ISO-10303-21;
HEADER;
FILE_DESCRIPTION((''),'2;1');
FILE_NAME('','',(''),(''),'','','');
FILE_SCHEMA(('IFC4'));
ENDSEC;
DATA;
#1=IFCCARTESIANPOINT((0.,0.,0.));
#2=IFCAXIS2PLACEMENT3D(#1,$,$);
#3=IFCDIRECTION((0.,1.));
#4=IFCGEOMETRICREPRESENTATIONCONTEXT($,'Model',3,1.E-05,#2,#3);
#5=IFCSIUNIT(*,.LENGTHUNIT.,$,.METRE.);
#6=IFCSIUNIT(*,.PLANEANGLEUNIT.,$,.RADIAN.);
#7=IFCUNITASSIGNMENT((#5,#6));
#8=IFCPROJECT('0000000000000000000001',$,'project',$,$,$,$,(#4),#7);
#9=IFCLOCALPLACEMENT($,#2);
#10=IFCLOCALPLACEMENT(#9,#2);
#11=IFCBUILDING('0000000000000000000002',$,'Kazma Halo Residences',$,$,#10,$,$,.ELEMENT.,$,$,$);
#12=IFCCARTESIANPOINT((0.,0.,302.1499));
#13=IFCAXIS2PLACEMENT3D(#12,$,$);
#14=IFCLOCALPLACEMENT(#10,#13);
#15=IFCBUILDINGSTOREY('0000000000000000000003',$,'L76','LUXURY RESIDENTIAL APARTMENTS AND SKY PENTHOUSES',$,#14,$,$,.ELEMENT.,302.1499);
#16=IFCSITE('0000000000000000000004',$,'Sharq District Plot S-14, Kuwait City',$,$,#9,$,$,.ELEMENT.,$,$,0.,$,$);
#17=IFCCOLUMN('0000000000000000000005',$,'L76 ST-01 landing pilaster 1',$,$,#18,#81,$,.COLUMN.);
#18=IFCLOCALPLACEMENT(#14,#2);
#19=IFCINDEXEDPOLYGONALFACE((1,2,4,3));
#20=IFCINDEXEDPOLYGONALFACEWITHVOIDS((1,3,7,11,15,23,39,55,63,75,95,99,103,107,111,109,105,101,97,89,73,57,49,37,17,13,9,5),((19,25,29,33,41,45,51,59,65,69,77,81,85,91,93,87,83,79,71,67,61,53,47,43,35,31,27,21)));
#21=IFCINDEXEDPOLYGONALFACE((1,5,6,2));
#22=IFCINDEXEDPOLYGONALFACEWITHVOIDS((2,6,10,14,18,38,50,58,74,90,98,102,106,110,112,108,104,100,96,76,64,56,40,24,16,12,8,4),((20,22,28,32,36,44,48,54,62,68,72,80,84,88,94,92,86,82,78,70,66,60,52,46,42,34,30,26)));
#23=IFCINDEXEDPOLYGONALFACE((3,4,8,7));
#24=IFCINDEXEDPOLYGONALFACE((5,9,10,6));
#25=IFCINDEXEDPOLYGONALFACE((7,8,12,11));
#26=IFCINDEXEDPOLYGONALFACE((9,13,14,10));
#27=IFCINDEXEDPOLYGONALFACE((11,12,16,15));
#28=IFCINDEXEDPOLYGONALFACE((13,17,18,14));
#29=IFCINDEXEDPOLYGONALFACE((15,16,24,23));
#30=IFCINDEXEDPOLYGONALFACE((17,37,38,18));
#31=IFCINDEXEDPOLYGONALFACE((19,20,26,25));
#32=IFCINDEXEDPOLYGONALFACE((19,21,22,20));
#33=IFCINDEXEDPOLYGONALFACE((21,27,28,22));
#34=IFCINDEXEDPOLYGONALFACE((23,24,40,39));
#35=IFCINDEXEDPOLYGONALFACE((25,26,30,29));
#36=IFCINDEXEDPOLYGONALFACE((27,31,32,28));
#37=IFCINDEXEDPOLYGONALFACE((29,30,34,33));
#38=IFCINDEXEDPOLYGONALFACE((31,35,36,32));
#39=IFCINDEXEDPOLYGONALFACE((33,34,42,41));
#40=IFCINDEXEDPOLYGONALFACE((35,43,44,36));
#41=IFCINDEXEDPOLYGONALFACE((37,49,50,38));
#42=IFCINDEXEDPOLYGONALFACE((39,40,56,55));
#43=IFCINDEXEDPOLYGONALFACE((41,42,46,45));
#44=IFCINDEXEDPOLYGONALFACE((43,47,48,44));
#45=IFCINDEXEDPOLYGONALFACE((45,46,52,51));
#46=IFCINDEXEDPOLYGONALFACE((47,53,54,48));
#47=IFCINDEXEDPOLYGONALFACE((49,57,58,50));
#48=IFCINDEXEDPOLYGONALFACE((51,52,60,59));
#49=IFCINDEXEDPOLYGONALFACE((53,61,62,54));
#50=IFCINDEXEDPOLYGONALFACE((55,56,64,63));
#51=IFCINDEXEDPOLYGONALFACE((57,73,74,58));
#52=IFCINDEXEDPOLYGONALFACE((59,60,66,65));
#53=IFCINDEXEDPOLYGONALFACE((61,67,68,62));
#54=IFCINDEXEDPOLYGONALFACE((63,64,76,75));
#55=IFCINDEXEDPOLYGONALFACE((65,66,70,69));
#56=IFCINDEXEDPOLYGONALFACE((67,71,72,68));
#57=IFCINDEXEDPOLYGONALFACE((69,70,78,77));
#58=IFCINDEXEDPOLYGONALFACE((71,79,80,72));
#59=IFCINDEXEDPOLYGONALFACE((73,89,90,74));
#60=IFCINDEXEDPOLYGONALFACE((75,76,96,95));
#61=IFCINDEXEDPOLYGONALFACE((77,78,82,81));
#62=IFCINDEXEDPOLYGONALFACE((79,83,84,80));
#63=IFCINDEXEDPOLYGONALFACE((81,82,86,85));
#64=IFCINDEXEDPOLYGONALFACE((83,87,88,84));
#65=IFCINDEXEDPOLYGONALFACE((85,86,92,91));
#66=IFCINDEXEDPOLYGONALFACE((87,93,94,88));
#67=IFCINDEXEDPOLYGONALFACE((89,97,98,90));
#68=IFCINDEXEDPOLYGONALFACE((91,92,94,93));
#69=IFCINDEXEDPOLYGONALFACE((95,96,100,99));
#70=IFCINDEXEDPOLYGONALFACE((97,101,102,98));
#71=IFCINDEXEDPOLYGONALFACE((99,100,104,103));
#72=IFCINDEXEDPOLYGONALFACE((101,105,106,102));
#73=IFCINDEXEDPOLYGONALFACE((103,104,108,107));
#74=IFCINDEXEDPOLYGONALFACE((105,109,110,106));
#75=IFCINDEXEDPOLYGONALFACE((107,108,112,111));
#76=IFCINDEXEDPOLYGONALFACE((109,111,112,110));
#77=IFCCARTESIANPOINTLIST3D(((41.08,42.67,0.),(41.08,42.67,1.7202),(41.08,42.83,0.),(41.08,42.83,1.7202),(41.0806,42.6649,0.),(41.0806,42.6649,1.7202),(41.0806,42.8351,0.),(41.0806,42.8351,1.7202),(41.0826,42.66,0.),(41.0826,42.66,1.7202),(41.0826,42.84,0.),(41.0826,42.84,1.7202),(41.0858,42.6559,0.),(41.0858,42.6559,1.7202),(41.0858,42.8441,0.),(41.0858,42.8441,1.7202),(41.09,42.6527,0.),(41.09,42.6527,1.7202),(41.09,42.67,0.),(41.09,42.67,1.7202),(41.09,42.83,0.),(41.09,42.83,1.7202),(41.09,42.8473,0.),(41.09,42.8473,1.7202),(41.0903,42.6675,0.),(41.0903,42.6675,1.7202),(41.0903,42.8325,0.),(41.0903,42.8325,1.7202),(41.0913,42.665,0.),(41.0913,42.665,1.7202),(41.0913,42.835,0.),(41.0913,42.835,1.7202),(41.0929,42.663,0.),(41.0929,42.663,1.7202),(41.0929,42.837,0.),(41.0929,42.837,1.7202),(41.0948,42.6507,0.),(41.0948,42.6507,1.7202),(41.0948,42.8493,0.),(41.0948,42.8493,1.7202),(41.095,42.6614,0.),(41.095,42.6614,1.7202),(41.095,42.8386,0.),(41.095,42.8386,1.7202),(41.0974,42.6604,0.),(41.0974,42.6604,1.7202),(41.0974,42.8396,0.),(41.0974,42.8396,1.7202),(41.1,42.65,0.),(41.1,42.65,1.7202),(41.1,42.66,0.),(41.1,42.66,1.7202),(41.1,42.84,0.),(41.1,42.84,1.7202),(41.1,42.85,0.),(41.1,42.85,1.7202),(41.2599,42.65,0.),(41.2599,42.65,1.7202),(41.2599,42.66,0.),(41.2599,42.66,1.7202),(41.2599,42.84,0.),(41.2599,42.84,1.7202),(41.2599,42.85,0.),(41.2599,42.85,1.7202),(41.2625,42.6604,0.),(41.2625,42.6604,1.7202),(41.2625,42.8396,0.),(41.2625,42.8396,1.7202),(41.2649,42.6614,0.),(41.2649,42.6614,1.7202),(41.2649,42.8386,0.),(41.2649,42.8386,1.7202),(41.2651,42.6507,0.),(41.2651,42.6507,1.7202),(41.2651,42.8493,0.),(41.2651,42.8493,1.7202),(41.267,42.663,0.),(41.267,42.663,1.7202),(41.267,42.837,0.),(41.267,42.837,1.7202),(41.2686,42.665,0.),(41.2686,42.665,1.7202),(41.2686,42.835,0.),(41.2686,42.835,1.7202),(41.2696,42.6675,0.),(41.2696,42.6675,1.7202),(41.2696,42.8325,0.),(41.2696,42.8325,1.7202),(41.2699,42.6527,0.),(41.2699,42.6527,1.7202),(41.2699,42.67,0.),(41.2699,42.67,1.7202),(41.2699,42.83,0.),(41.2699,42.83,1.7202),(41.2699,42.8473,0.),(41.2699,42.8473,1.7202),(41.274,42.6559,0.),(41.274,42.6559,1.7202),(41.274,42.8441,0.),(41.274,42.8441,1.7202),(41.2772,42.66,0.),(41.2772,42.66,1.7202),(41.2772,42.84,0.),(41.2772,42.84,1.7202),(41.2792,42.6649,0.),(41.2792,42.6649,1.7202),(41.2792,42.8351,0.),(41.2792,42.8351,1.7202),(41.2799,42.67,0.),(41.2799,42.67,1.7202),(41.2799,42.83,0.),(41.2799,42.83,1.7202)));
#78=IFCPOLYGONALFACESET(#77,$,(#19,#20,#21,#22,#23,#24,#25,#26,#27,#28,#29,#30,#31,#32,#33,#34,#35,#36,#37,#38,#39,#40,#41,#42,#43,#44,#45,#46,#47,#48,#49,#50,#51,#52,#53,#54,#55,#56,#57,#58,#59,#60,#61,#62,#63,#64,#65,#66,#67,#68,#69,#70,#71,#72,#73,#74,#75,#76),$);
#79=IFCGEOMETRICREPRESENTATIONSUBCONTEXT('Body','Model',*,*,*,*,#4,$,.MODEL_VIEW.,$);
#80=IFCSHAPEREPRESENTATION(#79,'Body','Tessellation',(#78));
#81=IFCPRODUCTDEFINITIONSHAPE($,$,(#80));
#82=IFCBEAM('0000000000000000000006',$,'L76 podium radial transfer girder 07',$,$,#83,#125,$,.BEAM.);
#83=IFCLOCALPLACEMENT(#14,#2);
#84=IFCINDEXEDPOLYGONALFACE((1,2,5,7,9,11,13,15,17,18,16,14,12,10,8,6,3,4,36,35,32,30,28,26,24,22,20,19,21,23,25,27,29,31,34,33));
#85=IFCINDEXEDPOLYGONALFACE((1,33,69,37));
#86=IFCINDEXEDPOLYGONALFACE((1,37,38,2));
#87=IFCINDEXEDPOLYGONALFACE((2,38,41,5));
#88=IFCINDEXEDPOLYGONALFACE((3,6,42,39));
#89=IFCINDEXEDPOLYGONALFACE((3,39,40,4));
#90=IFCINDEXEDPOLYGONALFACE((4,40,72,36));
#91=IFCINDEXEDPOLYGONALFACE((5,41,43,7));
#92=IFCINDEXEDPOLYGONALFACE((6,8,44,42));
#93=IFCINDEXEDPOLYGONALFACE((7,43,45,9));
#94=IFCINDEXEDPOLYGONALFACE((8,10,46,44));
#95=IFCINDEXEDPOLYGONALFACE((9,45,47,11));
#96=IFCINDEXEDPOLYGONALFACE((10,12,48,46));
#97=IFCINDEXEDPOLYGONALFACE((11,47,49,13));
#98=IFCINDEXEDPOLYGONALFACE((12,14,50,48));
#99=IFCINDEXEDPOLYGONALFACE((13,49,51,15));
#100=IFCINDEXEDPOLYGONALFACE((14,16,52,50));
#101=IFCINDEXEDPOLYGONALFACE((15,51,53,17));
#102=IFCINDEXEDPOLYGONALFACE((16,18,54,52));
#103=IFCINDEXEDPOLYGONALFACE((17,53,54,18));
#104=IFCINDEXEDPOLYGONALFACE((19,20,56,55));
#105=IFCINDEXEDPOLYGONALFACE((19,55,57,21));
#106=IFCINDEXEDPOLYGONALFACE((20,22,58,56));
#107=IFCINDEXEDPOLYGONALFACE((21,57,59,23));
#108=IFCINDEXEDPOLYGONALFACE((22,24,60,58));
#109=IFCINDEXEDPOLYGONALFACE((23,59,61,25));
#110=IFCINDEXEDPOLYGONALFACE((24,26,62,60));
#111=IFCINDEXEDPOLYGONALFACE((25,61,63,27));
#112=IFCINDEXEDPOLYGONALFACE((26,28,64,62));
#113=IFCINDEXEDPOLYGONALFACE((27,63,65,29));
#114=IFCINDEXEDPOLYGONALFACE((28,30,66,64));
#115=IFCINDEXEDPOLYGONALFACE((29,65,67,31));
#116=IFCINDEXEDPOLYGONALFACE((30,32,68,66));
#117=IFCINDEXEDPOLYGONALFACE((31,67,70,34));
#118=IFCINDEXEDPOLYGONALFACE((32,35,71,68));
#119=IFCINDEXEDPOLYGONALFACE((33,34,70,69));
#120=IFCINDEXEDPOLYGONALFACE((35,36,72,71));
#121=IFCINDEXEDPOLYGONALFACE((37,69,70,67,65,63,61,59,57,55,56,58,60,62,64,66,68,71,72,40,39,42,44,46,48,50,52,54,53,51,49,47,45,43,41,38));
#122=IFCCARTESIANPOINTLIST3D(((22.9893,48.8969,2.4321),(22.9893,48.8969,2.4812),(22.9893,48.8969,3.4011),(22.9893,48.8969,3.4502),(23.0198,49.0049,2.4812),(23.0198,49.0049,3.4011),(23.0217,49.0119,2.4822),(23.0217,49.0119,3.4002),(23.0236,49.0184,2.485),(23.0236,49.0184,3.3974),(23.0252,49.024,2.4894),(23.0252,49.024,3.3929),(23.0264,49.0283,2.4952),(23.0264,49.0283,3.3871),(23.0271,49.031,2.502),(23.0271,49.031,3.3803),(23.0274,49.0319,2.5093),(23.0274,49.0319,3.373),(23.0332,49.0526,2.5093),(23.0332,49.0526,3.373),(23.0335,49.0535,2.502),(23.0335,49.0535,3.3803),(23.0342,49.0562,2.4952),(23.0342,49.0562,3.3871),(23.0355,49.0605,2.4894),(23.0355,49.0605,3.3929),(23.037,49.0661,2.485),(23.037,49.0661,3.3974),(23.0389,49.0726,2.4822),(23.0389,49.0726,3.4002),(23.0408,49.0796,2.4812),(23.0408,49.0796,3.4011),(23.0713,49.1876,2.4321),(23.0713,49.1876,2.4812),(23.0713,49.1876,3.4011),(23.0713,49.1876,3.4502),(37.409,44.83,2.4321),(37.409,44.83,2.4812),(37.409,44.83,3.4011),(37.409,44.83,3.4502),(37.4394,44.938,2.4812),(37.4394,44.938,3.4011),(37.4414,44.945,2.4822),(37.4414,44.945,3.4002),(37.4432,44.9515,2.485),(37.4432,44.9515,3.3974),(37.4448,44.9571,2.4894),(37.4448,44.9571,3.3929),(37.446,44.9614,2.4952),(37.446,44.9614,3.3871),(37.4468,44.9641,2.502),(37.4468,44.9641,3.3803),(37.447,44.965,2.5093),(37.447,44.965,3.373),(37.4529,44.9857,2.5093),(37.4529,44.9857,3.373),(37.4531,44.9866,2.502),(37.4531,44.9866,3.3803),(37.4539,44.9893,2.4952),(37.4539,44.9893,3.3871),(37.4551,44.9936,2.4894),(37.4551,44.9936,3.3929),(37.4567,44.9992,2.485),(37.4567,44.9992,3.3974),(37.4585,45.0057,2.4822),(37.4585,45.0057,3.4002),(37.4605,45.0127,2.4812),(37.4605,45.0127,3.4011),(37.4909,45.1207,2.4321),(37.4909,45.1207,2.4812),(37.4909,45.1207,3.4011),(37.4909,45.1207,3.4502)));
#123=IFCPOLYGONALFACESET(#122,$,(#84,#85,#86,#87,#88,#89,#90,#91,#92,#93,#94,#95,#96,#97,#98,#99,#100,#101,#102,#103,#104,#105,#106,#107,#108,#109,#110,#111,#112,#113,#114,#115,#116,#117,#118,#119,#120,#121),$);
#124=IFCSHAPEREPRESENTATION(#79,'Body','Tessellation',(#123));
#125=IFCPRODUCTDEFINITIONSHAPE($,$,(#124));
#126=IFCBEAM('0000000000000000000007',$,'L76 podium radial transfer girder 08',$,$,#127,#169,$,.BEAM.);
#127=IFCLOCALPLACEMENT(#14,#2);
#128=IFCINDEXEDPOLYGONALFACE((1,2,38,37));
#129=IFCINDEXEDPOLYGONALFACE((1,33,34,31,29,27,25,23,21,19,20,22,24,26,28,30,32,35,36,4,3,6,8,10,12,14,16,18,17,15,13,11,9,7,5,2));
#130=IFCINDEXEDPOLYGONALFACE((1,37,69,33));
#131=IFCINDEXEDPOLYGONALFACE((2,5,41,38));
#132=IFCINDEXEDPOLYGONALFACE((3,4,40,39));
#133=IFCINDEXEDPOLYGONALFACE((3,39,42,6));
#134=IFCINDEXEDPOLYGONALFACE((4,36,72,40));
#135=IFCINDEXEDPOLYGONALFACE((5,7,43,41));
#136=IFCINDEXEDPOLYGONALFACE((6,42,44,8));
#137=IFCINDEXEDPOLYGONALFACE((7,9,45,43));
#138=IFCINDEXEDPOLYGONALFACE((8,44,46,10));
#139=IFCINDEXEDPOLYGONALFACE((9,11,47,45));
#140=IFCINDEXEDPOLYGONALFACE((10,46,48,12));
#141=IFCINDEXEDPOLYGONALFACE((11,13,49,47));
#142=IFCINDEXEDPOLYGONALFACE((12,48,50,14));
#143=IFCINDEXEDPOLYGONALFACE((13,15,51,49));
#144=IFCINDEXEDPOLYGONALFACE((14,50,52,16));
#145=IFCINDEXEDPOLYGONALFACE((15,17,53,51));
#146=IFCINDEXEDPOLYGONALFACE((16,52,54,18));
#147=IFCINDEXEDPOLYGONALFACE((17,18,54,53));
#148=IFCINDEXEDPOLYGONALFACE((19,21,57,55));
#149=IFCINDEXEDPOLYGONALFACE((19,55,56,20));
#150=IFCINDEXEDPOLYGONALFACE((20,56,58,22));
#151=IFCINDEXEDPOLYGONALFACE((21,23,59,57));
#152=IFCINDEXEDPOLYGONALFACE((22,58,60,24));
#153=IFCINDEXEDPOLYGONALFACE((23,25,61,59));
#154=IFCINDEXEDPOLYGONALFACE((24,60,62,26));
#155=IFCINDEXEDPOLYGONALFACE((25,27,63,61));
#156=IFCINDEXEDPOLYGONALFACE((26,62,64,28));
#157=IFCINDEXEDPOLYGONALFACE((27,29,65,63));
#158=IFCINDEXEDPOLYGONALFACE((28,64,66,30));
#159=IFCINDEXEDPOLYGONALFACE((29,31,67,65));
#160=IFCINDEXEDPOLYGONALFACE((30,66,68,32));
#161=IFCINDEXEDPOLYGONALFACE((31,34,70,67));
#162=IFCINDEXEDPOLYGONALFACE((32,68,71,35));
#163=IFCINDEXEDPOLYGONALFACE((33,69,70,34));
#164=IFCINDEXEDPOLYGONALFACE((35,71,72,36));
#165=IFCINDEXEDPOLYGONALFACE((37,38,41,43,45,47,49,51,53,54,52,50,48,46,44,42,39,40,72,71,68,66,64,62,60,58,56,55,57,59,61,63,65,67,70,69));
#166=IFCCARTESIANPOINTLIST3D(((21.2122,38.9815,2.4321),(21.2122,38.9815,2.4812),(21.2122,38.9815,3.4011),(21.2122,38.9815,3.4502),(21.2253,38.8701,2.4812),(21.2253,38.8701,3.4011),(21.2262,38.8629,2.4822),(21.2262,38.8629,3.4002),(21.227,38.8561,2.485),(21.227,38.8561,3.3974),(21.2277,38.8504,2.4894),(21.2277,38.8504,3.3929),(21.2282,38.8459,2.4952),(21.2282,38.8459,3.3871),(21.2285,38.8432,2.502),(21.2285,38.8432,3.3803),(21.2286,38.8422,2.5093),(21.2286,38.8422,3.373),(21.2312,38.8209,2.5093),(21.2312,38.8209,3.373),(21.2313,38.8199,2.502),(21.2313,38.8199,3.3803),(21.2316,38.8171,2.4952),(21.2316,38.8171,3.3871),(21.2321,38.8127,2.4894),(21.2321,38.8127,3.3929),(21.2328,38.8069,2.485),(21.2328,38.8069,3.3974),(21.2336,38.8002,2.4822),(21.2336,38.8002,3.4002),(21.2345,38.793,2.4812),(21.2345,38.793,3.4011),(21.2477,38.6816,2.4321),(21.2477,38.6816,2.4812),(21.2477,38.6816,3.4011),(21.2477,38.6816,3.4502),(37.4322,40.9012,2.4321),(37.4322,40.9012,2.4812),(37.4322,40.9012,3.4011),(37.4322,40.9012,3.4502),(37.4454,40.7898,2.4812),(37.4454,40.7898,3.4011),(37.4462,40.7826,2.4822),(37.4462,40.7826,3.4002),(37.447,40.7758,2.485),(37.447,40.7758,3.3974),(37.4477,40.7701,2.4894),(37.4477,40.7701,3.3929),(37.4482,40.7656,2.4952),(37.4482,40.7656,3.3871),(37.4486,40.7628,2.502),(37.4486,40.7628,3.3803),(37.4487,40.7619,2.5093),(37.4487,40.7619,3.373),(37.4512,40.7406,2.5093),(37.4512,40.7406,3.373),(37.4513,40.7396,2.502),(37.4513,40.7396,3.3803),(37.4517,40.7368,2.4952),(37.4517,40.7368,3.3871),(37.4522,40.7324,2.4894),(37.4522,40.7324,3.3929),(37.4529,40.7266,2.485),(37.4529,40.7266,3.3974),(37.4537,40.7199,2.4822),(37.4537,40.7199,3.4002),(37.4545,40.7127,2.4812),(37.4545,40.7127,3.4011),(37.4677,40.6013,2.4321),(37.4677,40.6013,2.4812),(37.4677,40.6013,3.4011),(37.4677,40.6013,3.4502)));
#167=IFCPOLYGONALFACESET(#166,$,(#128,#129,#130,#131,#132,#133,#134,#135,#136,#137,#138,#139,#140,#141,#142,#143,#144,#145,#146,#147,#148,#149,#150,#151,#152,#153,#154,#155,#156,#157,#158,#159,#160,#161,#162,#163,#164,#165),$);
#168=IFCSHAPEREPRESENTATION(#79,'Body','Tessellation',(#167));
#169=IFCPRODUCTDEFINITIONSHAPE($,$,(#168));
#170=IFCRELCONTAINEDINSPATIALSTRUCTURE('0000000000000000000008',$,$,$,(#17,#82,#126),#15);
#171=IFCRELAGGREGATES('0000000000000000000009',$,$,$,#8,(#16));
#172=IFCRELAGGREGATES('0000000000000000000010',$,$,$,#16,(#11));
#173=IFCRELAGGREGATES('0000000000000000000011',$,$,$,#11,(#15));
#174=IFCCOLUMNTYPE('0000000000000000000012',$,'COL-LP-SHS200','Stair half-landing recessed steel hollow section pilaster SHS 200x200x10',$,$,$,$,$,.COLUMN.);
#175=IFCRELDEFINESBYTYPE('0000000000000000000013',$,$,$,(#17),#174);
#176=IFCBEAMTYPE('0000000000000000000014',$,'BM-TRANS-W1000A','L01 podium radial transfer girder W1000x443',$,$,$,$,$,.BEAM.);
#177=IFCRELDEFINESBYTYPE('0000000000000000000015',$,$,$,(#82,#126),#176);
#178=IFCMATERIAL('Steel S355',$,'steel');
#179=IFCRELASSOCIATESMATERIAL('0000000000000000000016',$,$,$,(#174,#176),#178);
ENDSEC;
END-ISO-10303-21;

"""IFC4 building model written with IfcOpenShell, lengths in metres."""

from ifc_helpers import new_model, si_unit, direction, frame, origin, origin_2d, place, context, subcontext, project, spatial, hollow_rectangle, i_section, extrude, material, material_profile, profile_set, type_object, element, save


model = new_model("IFC4")

# Units and contexts
model_context = context("Model", 3, precision=1e-05, world=origin(), true_north=direction((0.0, 1.0)))
body_context = subcontext(model_context, "Body", "Model", "MODEL_VIEW")
ifc_project = project(units=[si_unit("LENGTHUNIT", "METRE"), si_unit("PLANEANGLEUNIT", "RADIAN")], contexts=[model_context])

# Site, building, storey
site_placement = place(None, origin())
site = spatial("IfcSite", under=ifc_project, at=site_placement, Name="Sharq District Plot S-14, Kuwait City", CompositionType="ELEMENT", RefElevation=0.0)
building_placement = place(site_placement, origin())
building = spatial("IfcBuilding", under=site, at=building_placement, Name="Kazma Halo Residences", CompositionType="ELEMENT")
storey_placement = place(building_placement, frame((0.0, 0.0, 302.1499)))
storey = spatial("IfcBuildingStorey", under=building, at=storey_placement, Name="L76", Description="LUXURY RESIDENTIAL APARTMENTS AND SKY PENTHOUSES", CompositionType="ELEMENT", Elevation=302.1499)

# Column
ifc_material_1 = material(Name="Steel S355", Category="steel")
ifc_material_profile_1 = material_profile(ifc_material_1, hollow_rectangle(XDim=0.2, YDim=0.2, WallThickness=0.01, InnerFilletRadius=0.01, OuterFilletRadius=0.02, at=origin_2d()), Name="SHS200x200x10")
ifc_profile_set_1 = profile_set([ifc_material_profile_1], Name="Steel S355")
column_type = type_object("IfcColumnType", Name="COL-LP-SHS200", Description="Stair half-landing recessed steel hollow section pilaster SHS 200x200x10", PredefinedType="COLUMN", material=ifc_profile_set_1)
column_placement = place(storey_placement, frame((41.1799, 42.75, 0.0), z_axis=(0.0, 0.0, 1.0), x_axis=(1.0, 0.0, 0.0)))
element("IfcColumn", 1, at=column_placement, inside=storey, type_object=column_type, Name="L76 ST-01 landing pilaster 1", PredefinedType="COLUMN", context=body_context, shape_type="SweptSolid", body=[
    extrude(hollow_rectangle(XDim=0.2, YDim=0.2, WallThickness=0.01, InnerFilletRadius=0.01, OuterFilletRadius=0.02, at=origin_2d()), origin(), (0.0, 0.0, 1.0), 1.7202),
])

# Beams
ifc_material_profile_2 = material_profile(ifc_material_1, i_section(OverallWidth=0.302, OverallDepth=1.0181, WebThickness=0.0215, FlangeThickness=0.0491, FilletRadius=0.0281, at=origin_2d()), Name="W1000x443")
ifc_profile_set_2 = profile_set([ifc_material_profile_2], Name="Steel S355")
beam_type_1 = type_object("IfcBeamType", Name="BM-TRANS-W1000A", Description="L01 podium radial transfer girder W1000x443", PredefinedType="BEAM", material=ifc_profile_set_2)
beam_1_placement = place(storey_placement, frame((37.45, 44.9753, 2.9412), z_axis=(-0.962453, 0.271448, 0.0), x_axis=(-0.271448, -0.962453, 0.0)))
element("IfcBeam", 2, at=beam_1_placement, inside=storey, type_object=beam_type_1, Name="L76 podium radial transfer girder 07", PredefinedType="BEAM", context=body_context, shape_type="SweptSolid", body=[
    extrude(i_section(OverallWidth=0.302, OverallDepth=1.0181, WebThickness=0.0215, FlangeThickness=0.0491, FilletRadius=0.0281, at=origin_2d()), origin(), (0.0, 0.0, 1.0), 14.9822),
])
beam_2_placement = place(storey_placement, frame((37.45, 40.7512, 2.9412), z_axis=(-0.993069, -0.117532, 0.0), x_axis=(0.117532, -0.993069, 0.0)))
element("IfcBeam", 3, at=beam_2_placement, inside=storey, type_object=beam_type_1, Name="L76 podium radial transfer girder 08", PredefinedType="BEAM", context=body_context, shape_type="SweptSolid", body=[
    extrude(i_section(OverallWidth=0.302, OverallDepth=1.0181, WebThickness=0.0215, FlangeThickness=0.0491, FilletRadius=0.0281, at=origin_2d()), origin(), (0.0, 0.0, 1.0), 16.3333),
])

save(model, "model.ifc")
